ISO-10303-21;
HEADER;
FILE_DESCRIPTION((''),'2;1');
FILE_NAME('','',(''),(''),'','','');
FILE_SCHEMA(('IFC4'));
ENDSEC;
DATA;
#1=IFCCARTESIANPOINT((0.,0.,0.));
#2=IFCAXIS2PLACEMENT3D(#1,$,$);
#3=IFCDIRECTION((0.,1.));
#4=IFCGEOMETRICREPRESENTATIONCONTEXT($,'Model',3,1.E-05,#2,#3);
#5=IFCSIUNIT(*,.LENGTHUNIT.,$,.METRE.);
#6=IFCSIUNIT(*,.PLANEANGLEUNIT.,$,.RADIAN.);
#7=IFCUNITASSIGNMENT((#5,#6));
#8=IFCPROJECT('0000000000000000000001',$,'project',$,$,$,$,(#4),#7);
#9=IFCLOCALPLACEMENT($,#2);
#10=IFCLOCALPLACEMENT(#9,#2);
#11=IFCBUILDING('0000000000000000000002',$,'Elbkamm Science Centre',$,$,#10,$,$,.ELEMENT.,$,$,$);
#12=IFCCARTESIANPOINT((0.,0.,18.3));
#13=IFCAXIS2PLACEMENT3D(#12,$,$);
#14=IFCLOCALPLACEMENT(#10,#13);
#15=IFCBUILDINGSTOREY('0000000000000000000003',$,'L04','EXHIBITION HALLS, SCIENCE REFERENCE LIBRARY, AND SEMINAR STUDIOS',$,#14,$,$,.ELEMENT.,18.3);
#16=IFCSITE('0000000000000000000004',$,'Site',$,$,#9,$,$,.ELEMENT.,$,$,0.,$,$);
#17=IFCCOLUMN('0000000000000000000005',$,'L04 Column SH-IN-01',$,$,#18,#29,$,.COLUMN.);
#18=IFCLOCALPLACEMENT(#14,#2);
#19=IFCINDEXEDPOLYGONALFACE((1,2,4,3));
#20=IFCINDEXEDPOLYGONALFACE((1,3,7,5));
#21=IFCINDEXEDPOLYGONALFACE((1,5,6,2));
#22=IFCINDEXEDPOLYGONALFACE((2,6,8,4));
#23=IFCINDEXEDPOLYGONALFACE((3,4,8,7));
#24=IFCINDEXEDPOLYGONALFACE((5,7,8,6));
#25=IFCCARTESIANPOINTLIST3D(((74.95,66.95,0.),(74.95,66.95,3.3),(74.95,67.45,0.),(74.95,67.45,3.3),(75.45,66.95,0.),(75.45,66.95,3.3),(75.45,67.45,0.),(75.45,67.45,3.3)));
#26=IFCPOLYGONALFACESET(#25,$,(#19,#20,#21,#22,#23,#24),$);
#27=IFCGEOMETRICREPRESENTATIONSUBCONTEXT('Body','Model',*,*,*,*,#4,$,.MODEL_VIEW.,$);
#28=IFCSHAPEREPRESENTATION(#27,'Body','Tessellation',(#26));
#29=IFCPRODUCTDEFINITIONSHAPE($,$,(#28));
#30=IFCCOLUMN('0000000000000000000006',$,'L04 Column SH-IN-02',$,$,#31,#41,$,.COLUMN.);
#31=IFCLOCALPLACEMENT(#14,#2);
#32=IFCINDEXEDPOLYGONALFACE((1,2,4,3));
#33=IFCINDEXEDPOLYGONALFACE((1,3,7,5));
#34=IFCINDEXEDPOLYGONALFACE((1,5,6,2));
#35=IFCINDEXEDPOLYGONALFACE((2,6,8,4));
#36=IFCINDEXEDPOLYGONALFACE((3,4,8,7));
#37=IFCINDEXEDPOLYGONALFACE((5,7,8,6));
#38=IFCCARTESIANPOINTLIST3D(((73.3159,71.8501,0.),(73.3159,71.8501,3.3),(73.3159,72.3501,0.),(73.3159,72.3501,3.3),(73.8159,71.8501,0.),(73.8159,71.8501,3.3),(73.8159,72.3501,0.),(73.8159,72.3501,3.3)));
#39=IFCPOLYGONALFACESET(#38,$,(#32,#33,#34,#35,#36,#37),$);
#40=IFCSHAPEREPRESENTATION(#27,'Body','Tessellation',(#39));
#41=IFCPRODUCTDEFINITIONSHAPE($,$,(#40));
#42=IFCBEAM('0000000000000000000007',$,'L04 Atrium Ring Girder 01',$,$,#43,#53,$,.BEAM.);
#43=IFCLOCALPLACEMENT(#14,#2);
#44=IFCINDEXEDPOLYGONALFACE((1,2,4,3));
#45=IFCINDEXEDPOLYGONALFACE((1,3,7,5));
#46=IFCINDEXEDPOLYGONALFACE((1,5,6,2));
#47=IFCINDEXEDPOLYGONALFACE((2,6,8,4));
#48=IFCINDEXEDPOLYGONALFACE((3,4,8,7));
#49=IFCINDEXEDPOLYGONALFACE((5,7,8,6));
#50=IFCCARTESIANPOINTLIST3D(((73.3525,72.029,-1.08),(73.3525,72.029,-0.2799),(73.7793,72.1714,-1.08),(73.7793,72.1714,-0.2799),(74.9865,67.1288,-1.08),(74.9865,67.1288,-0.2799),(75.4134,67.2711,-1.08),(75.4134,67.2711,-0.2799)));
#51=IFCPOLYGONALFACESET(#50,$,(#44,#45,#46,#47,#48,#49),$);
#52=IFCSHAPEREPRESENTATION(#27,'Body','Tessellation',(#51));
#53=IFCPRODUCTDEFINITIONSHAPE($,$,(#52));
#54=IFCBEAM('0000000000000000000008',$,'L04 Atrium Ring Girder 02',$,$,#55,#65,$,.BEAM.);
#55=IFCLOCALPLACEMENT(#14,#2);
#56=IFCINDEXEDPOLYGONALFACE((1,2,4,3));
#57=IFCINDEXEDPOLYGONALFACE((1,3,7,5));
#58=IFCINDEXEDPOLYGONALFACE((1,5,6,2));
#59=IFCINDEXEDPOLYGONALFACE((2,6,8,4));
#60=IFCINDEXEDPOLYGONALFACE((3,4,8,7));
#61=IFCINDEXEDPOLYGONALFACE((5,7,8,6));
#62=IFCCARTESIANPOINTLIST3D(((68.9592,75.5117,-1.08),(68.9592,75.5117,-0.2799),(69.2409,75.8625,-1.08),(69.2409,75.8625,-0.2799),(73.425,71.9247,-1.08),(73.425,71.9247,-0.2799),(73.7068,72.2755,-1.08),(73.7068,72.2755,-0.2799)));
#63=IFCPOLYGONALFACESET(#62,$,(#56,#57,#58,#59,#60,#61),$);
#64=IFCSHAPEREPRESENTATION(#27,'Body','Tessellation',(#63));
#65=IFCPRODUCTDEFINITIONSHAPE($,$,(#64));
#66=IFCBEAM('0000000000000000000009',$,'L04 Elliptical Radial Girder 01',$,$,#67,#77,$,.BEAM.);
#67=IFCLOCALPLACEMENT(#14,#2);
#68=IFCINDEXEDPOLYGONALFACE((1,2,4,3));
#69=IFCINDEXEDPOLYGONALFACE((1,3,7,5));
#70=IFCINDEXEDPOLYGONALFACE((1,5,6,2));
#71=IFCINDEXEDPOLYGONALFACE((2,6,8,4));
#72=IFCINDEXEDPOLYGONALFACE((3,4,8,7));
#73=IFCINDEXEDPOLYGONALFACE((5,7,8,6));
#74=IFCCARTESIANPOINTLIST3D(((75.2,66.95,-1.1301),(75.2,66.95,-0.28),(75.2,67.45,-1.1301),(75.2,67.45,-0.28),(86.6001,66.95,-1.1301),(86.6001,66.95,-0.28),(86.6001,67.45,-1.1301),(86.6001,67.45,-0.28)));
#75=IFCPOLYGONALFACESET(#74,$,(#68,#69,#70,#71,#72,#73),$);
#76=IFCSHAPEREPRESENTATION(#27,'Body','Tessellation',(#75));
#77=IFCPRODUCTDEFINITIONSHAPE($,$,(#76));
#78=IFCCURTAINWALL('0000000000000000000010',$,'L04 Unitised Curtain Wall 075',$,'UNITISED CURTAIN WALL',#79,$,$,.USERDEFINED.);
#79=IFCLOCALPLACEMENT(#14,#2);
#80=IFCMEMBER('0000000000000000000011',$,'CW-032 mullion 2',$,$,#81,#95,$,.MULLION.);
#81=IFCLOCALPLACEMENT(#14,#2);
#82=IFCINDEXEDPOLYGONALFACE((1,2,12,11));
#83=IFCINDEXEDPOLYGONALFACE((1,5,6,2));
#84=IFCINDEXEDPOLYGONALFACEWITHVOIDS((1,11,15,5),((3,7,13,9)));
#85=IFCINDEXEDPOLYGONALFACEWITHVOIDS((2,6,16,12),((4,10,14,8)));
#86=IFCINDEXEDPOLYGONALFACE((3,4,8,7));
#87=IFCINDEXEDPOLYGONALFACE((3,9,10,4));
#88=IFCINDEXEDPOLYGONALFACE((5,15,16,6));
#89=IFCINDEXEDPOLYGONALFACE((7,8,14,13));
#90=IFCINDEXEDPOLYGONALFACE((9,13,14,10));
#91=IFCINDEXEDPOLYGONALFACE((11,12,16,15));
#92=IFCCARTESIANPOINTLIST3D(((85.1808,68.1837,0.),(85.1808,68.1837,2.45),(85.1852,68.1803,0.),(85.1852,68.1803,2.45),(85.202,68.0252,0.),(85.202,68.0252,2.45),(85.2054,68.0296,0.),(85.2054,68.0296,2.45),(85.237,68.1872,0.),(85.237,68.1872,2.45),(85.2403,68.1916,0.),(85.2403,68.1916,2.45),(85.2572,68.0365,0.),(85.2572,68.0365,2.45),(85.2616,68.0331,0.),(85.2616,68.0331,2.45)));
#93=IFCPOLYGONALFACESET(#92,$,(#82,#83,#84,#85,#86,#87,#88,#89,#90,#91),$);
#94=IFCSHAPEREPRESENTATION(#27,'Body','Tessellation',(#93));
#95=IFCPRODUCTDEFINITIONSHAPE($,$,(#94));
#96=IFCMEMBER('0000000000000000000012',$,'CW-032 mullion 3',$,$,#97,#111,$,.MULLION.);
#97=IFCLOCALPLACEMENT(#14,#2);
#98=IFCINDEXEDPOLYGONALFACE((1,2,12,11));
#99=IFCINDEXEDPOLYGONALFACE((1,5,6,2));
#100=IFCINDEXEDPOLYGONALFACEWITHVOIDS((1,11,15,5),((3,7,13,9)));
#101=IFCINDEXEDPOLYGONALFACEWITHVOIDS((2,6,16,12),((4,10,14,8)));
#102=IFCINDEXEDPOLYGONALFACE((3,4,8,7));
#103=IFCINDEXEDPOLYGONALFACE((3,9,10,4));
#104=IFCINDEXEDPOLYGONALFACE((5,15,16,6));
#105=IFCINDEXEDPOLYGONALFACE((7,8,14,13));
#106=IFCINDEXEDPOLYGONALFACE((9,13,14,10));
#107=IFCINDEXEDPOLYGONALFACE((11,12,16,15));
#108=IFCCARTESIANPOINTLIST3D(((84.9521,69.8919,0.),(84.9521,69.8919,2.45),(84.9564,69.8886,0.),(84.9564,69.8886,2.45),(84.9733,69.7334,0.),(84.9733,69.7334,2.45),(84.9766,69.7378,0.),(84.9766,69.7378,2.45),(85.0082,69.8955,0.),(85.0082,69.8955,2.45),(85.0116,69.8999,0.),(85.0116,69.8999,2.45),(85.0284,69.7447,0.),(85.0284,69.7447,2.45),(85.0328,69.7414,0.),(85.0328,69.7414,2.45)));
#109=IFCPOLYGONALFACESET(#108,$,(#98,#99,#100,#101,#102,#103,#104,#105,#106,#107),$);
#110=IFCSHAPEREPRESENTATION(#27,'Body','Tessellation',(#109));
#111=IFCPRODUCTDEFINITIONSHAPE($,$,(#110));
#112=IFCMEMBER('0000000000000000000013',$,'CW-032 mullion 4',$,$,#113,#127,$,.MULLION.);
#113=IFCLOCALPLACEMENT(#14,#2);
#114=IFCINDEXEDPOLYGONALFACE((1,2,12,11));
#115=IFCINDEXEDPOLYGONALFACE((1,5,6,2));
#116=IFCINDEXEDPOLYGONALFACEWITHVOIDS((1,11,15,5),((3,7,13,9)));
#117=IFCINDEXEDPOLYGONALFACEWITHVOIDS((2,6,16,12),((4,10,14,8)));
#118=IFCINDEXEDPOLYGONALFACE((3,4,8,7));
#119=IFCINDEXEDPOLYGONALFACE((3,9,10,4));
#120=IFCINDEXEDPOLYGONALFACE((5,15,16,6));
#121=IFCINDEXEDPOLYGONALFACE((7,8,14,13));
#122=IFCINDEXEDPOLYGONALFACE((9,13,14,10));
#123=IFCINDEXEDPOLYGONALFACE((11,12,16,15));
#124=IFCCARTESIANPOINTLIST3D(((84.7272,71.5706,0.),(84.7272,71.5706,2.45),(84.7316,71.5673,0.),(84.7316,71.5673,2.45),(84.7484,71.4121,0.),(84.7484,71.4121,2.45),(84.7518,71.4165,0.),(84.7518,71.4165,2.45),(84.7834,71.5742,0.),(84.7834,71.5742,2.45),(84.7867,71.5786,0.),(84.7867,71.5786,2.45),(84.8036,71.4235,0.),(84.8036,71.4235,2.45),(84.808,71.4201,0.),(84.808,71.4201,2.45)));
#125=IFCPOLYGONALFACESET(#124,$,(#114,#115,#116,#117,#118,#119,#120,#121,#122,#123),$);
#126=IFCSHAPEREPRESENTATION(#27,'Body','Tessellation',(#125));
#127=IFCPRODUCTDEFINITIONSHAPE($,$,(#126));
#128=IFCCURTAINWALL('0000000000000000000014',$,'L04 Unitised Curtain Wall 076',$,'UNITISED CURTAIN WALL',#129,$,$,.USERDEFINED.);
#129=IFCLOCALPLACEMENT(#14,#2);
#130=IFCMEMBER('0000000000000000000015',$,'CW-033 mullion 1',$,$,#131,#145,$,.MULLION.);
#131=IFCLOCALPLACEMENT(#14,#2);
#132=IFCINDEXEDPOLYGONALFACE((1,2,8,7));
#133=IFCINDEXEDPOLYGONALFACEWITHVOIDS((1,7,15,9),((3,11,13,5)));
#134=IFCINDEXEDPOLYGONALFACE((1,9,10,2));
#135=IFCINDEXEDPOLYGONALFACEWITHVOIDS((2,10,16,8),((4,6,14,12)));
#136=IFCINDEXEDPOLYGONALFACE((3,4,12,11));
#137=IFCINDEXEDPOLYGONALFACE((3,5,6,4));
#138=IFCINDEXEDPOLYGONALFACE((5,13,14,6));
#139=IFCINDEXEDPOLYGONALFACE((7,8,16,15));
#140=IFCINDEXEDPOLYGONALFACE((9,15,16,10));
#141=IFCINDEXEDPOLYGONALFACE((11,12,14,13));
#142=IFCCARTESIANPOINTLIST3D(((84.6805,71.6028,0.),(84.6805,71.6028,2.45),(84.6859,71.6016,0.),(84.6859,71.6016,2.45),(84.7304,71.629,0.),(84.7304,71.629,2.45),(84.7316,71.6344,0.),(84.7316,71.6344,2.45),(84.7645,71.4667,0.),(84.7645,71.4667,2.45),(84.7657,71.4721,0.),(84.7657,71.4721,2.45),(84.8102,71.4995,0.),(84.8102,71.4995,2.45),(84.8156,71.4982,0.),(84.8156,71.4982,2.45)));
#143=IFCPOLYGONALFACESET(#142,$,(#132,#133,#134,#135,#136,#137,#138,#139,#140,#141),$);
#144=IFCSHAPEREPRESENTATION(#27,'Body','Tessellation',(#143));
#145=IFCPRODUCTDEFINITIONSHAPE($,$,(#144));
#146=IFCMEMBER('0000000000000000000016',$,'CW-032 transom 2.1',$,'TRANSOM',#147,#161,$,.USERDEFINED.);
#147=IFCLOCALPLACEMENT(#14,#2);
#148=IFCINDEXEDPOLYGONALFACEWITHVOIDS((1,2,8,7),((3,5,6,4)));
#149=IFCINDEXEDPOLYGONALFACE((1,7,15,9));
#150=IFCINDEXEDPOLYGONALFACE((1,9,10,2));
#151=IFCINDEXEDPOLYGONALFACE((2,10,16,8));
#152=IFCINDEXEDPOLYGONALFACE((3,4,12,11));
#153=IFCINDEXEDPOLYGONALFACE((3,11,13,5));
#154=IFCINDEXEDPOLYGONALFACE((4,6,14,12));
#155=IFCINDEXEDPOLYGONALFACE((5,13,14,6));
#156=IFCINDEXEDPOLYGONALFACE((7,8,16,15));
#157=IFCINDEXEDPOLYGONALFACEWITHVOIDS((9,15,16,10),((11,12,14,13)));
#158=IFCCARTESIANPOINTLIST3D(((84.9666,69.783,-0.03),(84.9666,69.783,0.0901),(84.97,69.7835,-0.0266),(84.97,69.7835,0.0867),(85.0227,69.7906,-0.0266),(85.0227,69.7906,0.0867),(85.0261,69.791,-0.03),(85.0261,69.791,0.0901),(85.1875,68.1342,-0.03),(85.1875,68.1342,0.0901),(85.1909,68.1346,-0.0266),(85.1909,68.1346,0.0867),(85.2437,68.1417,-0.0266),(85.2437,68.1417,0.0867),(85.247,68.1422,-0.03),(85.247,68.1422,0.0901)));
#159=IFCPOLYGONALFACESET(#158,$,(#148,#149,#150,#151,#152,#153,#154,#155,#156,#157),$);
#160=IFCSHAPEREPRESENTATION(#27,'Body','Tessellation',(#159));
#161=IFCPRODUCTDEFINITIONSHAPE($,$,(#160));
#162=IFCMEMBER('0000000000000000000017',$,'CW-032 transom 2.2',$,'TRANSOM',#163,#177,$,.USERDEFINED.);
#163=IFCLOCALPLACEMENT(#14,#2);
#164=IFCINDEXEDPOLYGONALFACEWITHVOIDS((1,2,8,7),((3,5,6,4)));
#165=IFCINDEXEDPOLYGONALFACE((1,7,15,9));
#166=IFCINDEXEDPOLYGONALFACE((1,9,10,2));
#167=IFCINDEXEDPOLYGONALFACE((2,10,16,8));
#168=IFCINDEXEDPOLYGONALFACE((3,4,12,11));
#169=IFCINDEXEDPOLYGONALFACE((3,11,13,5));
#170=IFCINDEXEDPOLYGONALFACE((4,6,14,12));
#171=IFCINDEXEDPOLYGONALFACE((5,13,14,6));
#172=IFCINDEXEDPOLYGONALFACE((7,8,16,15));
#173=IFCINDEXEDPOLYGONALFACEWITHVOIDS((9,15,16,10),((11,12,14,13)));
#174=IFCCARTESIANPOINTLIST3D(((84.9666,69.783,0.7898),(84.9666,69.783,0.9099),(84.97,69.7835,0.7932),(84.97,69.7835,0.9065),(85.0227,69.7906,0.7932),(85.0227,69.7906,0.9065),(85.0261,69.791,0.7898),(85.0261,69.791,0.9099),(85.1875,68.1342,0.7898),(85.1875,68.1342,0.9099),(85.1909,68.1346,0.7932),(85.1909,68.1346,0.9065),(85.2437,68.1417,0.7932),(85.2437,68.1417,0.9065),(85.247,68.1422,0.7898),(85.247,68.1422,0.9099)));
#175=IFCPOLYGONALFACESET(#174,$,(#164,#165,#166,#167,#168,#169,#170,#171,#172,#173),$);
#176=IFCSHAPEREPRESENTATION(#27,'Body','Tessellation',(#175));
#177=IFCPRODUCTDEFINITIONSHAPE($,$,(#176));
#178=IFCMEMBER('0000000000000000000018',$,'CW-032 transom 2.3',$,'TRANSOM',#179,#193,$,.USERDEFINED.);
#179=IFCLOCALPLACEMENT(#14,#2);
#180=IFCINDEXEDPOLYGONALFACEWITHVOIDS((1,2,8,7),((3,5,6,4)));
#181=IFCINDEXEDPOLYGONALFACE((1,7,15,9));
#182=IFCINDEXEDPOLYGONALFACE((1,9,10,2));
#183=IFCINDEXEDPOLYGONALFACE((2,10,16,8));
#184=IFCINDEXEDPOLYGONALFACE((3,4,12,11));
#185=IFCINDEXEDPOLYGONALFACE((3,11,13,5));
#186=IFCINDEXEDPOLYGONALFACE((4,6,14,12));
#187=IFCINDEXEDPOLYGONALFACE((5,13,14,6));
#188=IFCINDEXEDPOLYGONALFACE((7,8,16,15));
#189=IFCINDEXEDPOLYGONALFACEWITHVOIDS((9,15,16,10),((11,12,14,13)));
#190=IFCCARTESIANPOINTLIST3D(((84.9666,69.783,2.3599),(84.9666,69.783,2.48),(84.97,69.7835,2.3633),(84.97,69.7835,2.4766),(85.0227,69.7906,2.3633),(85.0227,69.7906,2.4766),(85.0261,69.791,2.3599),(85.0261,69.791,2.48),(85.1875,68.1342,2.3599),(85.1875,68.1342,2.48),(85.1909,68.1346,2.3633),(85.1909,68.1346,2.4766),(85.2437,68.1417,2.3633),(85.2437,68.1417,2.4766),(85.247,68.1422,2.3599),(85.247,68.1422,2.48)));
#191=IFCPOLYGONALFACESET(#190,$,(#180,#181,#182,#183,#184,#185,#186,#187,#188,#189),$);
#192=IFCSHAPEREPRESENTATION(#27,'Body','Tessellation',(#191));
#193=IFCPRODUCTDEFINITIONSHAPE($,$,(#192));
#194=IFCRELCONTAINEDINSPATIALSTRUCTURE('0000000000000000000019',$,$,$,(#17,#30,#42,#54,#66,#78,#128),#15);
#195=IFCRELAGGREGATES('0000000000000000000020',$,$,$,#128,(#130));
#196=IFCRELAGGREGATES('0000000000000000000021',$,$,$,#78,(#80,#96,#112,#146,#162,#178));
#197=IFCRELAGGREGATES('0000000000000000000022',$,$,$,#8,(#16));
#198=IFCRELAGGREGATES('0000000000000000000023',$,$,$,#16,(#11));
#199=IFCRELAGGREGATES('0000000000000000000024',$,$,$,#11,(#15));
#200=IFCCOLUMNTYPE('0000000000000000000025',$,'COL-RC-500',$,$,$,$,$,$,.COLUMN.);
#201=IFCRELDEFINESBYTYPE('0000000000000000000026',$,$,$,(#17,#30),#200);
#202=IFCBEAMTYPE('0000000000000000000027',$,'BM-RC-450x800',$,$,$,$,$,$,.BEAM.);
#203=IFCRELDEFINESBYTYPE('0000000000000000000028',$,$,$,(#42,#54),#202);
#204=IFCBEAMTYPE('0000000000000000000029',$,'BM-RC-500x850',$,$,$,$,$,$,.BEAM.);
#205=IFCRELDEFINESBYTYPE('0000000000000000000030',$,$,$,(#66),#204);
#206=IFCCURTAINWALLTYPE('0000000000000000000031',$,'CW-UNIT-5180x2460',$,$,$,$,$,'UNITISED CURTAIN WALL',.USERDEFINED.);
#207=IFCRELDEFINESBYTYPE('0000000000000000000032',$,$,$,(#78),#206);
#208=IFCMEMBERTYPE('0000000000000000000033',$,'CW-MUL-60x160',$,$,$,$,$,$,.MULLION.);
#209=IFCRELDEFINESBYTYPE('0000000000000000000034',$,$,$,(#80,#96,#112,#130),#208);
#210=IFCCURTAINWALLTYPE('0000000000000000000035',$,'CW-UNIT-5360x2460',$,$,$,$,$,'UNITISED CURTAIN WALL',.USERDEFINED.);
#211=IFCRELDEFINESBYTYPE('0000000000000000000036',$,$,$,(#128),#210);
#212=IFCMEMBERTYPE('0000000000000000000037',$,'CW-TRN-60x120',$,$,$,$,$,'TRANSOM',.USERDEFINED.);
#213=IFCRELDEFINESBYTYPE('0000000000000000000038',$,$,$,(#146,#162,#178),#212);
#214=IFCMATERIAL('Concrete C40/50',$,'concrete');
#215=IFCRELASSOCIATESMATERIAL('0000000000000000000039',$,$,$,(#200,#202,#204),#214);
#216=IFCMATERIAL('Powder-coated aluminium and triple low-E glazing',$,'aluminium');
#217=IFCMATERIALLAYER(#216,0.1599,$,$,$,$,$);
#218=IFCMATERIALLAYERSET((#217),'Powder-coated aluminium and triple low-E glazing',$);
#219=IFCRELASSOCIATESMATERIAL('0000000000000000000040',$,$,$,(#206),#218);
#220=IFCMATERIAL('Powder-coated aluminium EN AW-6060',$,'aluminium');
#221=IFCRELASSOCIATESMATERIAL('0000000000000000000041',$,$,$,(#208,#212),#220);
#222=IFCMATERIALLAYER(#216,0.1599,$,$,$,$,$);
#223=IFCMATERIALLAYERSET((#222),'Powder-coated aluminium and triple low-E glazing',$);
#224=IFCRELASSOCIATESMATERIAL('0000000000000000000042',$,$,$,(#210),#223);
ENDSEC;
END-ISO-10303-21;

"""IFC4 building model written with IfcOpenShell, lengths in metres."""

from ifc_helpers import new_model, si_unit, direction, frame, origin, origin_2d, place, context, subcontext, project, spatial, rectangle, hollow_rectangle, extrude, material, layer, layer_set, material_profile, profile_set, type_object, element, aggregate, save


model = new_model("IFC4")

# Units and contexts
model_context = context("Model", 3, precision=1e-05, world=origin(), true_north=direction((0.0, 1.0)))
body_context = subcontext(model_context, "Body", "Model", "MODEL_VIEW")
ifc_project = project(units=[si_unit("LENGTHUNIT", "METRE"), si_unit("PLANEANGLEUNIT", "RADIAN")], contexts=[model_context])

# Site, building, storey
site_placement = place(None, origin())
site = spatial("IfcSite", under=ifc_project, at=site_placement, Name="Site", CompositionType="ELEMENT", RefElevation=0.0)
building_placement = place(site_placement, origin())
building = spatial("IfcBuilding", under=site, at=building_placement, Name="Elbkamm Science Centre", CompositionType="ELEMENT")
storey_placement = place(building_placement, frame((0.0, 0.0, 18.3)))
storey = spatial("IfcBuildingStorey", under=building, at=storey_placement, Name="L04", Description="EXHIBITION HALLS, SCIENCE REFERENCE LIBRARY, AND SEMINAR STUDIOS", CompositionType="ELEMENT", Elevation=18.3)

# Columns
ifc_material_1 = material(Name="Concrete C40/50", Category="concrete")
ifc_material_profile_1 = material_profile(ifc_material_1, rectangle(XDim=0.5, YDim=0.5, at=origin_2d()), Name="RC 500x500")
ifc_profile_set_1 = profile_set([ifc_material_profile_1], Name="Concrete C40/50")
column_type = type_object("IfcColumnType", Name="COL-RC-500", PredefinedType="COLUMN", material=ifc_profile_set_1)
for number, where, z_axis, x_axis, name in (
    (1, (75.2, 67.2, 0.0), (0.0, 0.0, 1.0), (1.0, 0.0, 0.0), "L04 Column SH-IN-01"),
    (2, (73.5659, 72.1001, 0.0), (0.0, 0.0, 1.0), (1.0, 0.0, 0.0), "L04 Column SH-IN-02"),
):
    element("IfcColumn", number, at=place(storey_placement, frame(where, z_axis=z_axis, x_axis=x_axis)), inside=storey, type_object=column_type, Name=name, PredefinedType="COLUMN", context=body_context, shape_type="SweptSolid", body=[
        extrude(rectangle(XDim=0.5, YDim=0.5, at=origin_2d()), origin(), (0.0, 0.0, 1.0), 3.3),
    ])

# Beams
ifc_material_profile_2 = material_profile(ifc_material_1, rectangle(XDim=0.45, YDim=0.8, at=origin_2d()), Name="RC 450x800")
ifc_profile_set_2 = profile_set([ifc_material_profile_2], Name="Concrete C40/50")
beam_type_1 = type_object("IfcBeamType", Name="BM-RC-450x800", PredefinedType="BEAM", material=ifc_profile_set_2)
beam_1_placement = place(storey_placement, frame((75.2, 67.2, -0.6799), z_axis=(-0.316341, 0.948645, 0.0), x_axis=(-0.948645, -0.316341, 0.0)))
element("IfcBeam", 3, at=beam_1_placement, inside=storey, type_object=beam_type_1, Name="L04 Atrium Ring Girder 01", PredefinedType="BEAM", context=body_context, shape_type="SweptSolid", body=[
    extrude(rectangle(XDim=0.45, YDim=0.8, at=origin_2d()), origin(), (0.0, 0.0, 1.0), 5.1655),
])
beam_2_placement = place(storey_placement, frame((73.5659, 72.1001, -0.6799), z_axis=(-0.779653, 0.626212, 0.0), x_axis=(-0.626212, -0.779653, 0.0)))
element("IfcBeam", 4, at=beam_2_placement, inside=storey, type_object=beam_type_1, Name="L04 Atrium Ring Girder 02", PredefinedType="BEAM", context=body_context, shape_type="SweptSolid", body=[
    extrude(rectangle(XDim=0.45, YDim=0.8, at=origin_2d()), origin(), (0.0, 0.0, 1.0), 5.728),
])
ifc_material_profile_3 = material_profile(ifc_material_1, rectangle(XDim=0.5, YDim=0.8501, at=origin_2d()), Name="RC 500x850")
ifc_profile_set_3 = profile_set([ifc_material_profile_3], Name="Concrete C40/50")
beam_type_2 = type_object("IfcBeamType", Name="BM-RC-500x850", PredefinedType="BEAM", material=ifc_profile_set_3)
beam_3_placement = place(storey_placement, frame((75.2, 67.2, -0.7051), z_axis=(1.0, 0.0, 0.0), x_axis=(0.0, 1.0, 0.0)))
element("IfcBeam", 5, at=beam_3_placement, inside=storey, type_object=beam_type_2, Name="L04 Elliptical Radial Girder 01", PredefinedType="BEAM", context=body_context, shape_type="SweptSolid", body=[
    extrude(rectangle(XDim=0.5, YDim=0.8501, at=origin_2d()), origin(), (0.0, 0.0, 1.0), 11.4001),
])

# Curtain wall, members
ifc_material_2 = material(Name="Powder-coated aluminium and triple low-E glazing", Category="aluminium")
ifc_layer_1 = layer(ifc_material_2, 0.1599)
ifc_layer_set_1 = layer_set([ifc_layer_1], Name="Powder-coated aluminium and triple low-E glazing")
curtain_wall_type_1 = type_object("IfcCurtainWallType", Name="CW-UNIT-5180x2460", ElementType="UNITISED CURTAIN WALL", PredefinedType="USERDEFINED", material=ifc_layer_set_1)
curtain_wall_1_placement = place(storey_placement, origin())
curtain_wall_1 = element("IfcCurtainWall", 6, at=curtain_wall_1_placement, inside=storey, type_object=curtain_wall_type_1, Name="L04 Unitised Curtain Wall 075", ObjectType="UNITISED CURTAIN WALL", PredefinedType="USERDEFINED")
ifc_material_3 = material(Name="Powder-coated aluminium EN AW-6060", Category="aluminium")
ifc_material_profile_4 = material_profile(ifc_material_3, hollow_rectangle(XDim=0.0601, YDim=0.1599, WallThickness=0.0039, at=origin_2d()), Name="ALU M60x160")
ifc_profile_set_4 = profile_set([ifc_material_profile_4], Name="Powder-coated aluminium EN AW-6060")
member_type_1 = type_object("IfcMemberType", Name="CW-MUL-60x160", PredefinedType="MULLION", material=ifc_profile_set_4)
member_1_placement = place(storey_placement, frame((85.2212, 68.1084, 0.0), z_axis=(0.0, 0.0, 1.0), x_axis=(-0.991153, -0.132725, 0.0)))
member_1 = element("IfcMember", 7, at=member_1_placement, type_object=member_type_1, Name="CW-032 mullion 2", PredefinedType="MULLION", context=body_context, shape_type="SweptSolid", body=[
    extrude(hollow_rectangle(XDim=0.0601, YDim=0.1599, WallThickness=0.0039, at=origin_2d()), origin(), (0.0, 0.0, 1.0), 2.45),
])
member_2_placement = place(storey_placement, frame((84.9924, 69.8167, 0.0), z_axis=(0.0, 0.0, 1.0), x_axis=(-0.991153, -0.132725, 0.0)))
member_2 = element("IfcMember", 8, at=member_2_placement, type_object=member_type_1, Name="CW-032 mullion 3", PredefinedType="MULLION", context=body_context, shape_type="SweptSolid", body=[
    extrude(hollow_rectangle(XDim=0.0601, YDim=0.1599, WallThickness=0.0039, at=origin_2d()), origin(), (0.0, 0.0, 1.0), 2.45),
])
member_3_placement = place(storey_placement, frame((84.7676, 71.4954, 0.0), z_axis=(0.0, 0.0, 1.0), x_axis=(-0.991153, -0.132725, 0.0)))
member_3 = element("IfcMember", 9, at=member_3_placement, type_object=member_type_1, Name="CW-032 mullion 4", PredefinedType="MULLION", context=body_context, shape_type="SweptSolid", body=[
    extrude(hollow_rectangle(XDim=0.0601, YDim=0.1599, WallThickness=0.0039, at=origin_2d()), origin(), (0.0, 0.0, 1.0), 2.45),
])

# Curtain wall, member
ifc_layer_2 = layer(ifc_material_2, 0.1599)
ifc_layer_set_2 = layer_set([ifc_layer_2], Name="Powder-coated aluminium and triple low-E glazing")
curtain_wall_type_2 = type_object("IfcCurtainWallType", Name="CW-UNIT-5360x2460", ElementType="UNITISED CURTAIN WALL", PredefinedType="USERDEFINED", material=ifc_layer_set_2)
curtain_wall_2_placement = place(storey_placement, origin())
curtain_wall_2 = element("IfcCurtainWall", 10, at=curtain_wall_2_placement, inside=storey, type_object=curtain_wall_type_2, Name="L04 Unitised Curtain Wall 076", ObjectType="UNITISED CURTAIN WALL", PredefinedType="USERDEFINED")
member_4_placement = place(storey_placement, frame((84.748, 71.5505, 0.0), z_axis=(0.0, 0.0, 1.0), x_axis=(-0.851147, -0.524927, 0.0)))
member_4 = element("IfcMember", 11, at=member_4_placement, type_object=member_type_1, Name="CW-033 mullion 1", PredefinedType="MULLION", context=body_context, shape_type="SweptSolid", body=[
    extrude(hollow_rectangle(XDim=0.0601, YDim=0.1599, WallThickness=0.0039, at=origin_2d()), origin(), (0.0, 0.0, 1.0), 2.45),
])

# Members
ifc_material_profile_5 = material_profile(ifc_material_3, hollow_rectangle(XDim=0.0601, YDim=0.1201, WallThickness=0.0034, at=origin_2d()), Name="ALU T60x120")
ifc_profile_set_5 = profile_set([ifc_material_profile_5], Name="Powder-coated aluminium EN AW-6060")
member_type_2 = type_object("IfcMemberType", Name="CW-TRN-60x120", ElementType="TRANSOM", PredefinedType="USERDEFINED", material=ifc_profile_set_5)
member_5_placement = place(storey_placement, frame((85.2173, 68.1382, 0.03), z_axis=(-0.132808, 0.991142, 0.0), x_axis=(-0.991142, -0.132808, 0.0)))
member_5 = element("IfcMember", 12, at=member_5_placement, type_object=member_type_2, Name="CW-032 transom 2.1", ObjectType="TRANSOM", PredefinedType="USERDEFINED", context=body_context, shape_type="SweptSolid", body=[
    extrude(hollow_rectangle(XDim=0.0601, YDim=0.1201, WallThickness=0.0034, at=origin_2d()), origin(), (0.0, 0.0, 1.0), 1.6636),
])
member_6_placement = place(storey_placement, frame((85.2173, 68.1382, 0.8499), z_axis=(-0.132808, 0.991142, 0.0), x_axis=(-0.991142, -0.132808, 0.0)))
member_6 = element("IfcMember", 13, at=member_6_placement, type_object=member_type_2, Name="CW-032 transom 2.2", ObjectType="TRANSOM", PredefinedType="USERDEFINED", context=body_context, shape_type="SweptSolid", body=[
    extrude(hollow_rectangle(XDim=0.0601, YDim=0.1201, WallThickness=0.0034, at=origin_2d()), origin(), (0.0, 0.0, 1.0), 1.6636),
])
member_7_placement = place(storey_placement, frame((85.2173, 68.1382, 2.4199), z_axis=(-0.132808, 0.991142, 0.0), x_axis=(-0.991142, -0.132808, 0.0)))
member_7 = element("IfcMember", 14, at=member_7_placement, type_object=member_type_2, Name="CW-032 transom 2.3", ObjectType="TRANSOM", PredefinedType="USERDEFINED", context=body_context, shape_type="SweptSolid", body=[
    extrude(hollow_rectangle(XDim=0.0601, YDim=0.1201, WallThickness=0.0034, at=origin_2d()), origin(), (0.0, 0.0, 1.0), 1.6636),
])
aggregate(curtain_wall_2, [member_4])

aggregate(curtain_wall_1, [member_1, member_2, member_3, member_5, member_6, member_7])

save(model, "model.ifc")
